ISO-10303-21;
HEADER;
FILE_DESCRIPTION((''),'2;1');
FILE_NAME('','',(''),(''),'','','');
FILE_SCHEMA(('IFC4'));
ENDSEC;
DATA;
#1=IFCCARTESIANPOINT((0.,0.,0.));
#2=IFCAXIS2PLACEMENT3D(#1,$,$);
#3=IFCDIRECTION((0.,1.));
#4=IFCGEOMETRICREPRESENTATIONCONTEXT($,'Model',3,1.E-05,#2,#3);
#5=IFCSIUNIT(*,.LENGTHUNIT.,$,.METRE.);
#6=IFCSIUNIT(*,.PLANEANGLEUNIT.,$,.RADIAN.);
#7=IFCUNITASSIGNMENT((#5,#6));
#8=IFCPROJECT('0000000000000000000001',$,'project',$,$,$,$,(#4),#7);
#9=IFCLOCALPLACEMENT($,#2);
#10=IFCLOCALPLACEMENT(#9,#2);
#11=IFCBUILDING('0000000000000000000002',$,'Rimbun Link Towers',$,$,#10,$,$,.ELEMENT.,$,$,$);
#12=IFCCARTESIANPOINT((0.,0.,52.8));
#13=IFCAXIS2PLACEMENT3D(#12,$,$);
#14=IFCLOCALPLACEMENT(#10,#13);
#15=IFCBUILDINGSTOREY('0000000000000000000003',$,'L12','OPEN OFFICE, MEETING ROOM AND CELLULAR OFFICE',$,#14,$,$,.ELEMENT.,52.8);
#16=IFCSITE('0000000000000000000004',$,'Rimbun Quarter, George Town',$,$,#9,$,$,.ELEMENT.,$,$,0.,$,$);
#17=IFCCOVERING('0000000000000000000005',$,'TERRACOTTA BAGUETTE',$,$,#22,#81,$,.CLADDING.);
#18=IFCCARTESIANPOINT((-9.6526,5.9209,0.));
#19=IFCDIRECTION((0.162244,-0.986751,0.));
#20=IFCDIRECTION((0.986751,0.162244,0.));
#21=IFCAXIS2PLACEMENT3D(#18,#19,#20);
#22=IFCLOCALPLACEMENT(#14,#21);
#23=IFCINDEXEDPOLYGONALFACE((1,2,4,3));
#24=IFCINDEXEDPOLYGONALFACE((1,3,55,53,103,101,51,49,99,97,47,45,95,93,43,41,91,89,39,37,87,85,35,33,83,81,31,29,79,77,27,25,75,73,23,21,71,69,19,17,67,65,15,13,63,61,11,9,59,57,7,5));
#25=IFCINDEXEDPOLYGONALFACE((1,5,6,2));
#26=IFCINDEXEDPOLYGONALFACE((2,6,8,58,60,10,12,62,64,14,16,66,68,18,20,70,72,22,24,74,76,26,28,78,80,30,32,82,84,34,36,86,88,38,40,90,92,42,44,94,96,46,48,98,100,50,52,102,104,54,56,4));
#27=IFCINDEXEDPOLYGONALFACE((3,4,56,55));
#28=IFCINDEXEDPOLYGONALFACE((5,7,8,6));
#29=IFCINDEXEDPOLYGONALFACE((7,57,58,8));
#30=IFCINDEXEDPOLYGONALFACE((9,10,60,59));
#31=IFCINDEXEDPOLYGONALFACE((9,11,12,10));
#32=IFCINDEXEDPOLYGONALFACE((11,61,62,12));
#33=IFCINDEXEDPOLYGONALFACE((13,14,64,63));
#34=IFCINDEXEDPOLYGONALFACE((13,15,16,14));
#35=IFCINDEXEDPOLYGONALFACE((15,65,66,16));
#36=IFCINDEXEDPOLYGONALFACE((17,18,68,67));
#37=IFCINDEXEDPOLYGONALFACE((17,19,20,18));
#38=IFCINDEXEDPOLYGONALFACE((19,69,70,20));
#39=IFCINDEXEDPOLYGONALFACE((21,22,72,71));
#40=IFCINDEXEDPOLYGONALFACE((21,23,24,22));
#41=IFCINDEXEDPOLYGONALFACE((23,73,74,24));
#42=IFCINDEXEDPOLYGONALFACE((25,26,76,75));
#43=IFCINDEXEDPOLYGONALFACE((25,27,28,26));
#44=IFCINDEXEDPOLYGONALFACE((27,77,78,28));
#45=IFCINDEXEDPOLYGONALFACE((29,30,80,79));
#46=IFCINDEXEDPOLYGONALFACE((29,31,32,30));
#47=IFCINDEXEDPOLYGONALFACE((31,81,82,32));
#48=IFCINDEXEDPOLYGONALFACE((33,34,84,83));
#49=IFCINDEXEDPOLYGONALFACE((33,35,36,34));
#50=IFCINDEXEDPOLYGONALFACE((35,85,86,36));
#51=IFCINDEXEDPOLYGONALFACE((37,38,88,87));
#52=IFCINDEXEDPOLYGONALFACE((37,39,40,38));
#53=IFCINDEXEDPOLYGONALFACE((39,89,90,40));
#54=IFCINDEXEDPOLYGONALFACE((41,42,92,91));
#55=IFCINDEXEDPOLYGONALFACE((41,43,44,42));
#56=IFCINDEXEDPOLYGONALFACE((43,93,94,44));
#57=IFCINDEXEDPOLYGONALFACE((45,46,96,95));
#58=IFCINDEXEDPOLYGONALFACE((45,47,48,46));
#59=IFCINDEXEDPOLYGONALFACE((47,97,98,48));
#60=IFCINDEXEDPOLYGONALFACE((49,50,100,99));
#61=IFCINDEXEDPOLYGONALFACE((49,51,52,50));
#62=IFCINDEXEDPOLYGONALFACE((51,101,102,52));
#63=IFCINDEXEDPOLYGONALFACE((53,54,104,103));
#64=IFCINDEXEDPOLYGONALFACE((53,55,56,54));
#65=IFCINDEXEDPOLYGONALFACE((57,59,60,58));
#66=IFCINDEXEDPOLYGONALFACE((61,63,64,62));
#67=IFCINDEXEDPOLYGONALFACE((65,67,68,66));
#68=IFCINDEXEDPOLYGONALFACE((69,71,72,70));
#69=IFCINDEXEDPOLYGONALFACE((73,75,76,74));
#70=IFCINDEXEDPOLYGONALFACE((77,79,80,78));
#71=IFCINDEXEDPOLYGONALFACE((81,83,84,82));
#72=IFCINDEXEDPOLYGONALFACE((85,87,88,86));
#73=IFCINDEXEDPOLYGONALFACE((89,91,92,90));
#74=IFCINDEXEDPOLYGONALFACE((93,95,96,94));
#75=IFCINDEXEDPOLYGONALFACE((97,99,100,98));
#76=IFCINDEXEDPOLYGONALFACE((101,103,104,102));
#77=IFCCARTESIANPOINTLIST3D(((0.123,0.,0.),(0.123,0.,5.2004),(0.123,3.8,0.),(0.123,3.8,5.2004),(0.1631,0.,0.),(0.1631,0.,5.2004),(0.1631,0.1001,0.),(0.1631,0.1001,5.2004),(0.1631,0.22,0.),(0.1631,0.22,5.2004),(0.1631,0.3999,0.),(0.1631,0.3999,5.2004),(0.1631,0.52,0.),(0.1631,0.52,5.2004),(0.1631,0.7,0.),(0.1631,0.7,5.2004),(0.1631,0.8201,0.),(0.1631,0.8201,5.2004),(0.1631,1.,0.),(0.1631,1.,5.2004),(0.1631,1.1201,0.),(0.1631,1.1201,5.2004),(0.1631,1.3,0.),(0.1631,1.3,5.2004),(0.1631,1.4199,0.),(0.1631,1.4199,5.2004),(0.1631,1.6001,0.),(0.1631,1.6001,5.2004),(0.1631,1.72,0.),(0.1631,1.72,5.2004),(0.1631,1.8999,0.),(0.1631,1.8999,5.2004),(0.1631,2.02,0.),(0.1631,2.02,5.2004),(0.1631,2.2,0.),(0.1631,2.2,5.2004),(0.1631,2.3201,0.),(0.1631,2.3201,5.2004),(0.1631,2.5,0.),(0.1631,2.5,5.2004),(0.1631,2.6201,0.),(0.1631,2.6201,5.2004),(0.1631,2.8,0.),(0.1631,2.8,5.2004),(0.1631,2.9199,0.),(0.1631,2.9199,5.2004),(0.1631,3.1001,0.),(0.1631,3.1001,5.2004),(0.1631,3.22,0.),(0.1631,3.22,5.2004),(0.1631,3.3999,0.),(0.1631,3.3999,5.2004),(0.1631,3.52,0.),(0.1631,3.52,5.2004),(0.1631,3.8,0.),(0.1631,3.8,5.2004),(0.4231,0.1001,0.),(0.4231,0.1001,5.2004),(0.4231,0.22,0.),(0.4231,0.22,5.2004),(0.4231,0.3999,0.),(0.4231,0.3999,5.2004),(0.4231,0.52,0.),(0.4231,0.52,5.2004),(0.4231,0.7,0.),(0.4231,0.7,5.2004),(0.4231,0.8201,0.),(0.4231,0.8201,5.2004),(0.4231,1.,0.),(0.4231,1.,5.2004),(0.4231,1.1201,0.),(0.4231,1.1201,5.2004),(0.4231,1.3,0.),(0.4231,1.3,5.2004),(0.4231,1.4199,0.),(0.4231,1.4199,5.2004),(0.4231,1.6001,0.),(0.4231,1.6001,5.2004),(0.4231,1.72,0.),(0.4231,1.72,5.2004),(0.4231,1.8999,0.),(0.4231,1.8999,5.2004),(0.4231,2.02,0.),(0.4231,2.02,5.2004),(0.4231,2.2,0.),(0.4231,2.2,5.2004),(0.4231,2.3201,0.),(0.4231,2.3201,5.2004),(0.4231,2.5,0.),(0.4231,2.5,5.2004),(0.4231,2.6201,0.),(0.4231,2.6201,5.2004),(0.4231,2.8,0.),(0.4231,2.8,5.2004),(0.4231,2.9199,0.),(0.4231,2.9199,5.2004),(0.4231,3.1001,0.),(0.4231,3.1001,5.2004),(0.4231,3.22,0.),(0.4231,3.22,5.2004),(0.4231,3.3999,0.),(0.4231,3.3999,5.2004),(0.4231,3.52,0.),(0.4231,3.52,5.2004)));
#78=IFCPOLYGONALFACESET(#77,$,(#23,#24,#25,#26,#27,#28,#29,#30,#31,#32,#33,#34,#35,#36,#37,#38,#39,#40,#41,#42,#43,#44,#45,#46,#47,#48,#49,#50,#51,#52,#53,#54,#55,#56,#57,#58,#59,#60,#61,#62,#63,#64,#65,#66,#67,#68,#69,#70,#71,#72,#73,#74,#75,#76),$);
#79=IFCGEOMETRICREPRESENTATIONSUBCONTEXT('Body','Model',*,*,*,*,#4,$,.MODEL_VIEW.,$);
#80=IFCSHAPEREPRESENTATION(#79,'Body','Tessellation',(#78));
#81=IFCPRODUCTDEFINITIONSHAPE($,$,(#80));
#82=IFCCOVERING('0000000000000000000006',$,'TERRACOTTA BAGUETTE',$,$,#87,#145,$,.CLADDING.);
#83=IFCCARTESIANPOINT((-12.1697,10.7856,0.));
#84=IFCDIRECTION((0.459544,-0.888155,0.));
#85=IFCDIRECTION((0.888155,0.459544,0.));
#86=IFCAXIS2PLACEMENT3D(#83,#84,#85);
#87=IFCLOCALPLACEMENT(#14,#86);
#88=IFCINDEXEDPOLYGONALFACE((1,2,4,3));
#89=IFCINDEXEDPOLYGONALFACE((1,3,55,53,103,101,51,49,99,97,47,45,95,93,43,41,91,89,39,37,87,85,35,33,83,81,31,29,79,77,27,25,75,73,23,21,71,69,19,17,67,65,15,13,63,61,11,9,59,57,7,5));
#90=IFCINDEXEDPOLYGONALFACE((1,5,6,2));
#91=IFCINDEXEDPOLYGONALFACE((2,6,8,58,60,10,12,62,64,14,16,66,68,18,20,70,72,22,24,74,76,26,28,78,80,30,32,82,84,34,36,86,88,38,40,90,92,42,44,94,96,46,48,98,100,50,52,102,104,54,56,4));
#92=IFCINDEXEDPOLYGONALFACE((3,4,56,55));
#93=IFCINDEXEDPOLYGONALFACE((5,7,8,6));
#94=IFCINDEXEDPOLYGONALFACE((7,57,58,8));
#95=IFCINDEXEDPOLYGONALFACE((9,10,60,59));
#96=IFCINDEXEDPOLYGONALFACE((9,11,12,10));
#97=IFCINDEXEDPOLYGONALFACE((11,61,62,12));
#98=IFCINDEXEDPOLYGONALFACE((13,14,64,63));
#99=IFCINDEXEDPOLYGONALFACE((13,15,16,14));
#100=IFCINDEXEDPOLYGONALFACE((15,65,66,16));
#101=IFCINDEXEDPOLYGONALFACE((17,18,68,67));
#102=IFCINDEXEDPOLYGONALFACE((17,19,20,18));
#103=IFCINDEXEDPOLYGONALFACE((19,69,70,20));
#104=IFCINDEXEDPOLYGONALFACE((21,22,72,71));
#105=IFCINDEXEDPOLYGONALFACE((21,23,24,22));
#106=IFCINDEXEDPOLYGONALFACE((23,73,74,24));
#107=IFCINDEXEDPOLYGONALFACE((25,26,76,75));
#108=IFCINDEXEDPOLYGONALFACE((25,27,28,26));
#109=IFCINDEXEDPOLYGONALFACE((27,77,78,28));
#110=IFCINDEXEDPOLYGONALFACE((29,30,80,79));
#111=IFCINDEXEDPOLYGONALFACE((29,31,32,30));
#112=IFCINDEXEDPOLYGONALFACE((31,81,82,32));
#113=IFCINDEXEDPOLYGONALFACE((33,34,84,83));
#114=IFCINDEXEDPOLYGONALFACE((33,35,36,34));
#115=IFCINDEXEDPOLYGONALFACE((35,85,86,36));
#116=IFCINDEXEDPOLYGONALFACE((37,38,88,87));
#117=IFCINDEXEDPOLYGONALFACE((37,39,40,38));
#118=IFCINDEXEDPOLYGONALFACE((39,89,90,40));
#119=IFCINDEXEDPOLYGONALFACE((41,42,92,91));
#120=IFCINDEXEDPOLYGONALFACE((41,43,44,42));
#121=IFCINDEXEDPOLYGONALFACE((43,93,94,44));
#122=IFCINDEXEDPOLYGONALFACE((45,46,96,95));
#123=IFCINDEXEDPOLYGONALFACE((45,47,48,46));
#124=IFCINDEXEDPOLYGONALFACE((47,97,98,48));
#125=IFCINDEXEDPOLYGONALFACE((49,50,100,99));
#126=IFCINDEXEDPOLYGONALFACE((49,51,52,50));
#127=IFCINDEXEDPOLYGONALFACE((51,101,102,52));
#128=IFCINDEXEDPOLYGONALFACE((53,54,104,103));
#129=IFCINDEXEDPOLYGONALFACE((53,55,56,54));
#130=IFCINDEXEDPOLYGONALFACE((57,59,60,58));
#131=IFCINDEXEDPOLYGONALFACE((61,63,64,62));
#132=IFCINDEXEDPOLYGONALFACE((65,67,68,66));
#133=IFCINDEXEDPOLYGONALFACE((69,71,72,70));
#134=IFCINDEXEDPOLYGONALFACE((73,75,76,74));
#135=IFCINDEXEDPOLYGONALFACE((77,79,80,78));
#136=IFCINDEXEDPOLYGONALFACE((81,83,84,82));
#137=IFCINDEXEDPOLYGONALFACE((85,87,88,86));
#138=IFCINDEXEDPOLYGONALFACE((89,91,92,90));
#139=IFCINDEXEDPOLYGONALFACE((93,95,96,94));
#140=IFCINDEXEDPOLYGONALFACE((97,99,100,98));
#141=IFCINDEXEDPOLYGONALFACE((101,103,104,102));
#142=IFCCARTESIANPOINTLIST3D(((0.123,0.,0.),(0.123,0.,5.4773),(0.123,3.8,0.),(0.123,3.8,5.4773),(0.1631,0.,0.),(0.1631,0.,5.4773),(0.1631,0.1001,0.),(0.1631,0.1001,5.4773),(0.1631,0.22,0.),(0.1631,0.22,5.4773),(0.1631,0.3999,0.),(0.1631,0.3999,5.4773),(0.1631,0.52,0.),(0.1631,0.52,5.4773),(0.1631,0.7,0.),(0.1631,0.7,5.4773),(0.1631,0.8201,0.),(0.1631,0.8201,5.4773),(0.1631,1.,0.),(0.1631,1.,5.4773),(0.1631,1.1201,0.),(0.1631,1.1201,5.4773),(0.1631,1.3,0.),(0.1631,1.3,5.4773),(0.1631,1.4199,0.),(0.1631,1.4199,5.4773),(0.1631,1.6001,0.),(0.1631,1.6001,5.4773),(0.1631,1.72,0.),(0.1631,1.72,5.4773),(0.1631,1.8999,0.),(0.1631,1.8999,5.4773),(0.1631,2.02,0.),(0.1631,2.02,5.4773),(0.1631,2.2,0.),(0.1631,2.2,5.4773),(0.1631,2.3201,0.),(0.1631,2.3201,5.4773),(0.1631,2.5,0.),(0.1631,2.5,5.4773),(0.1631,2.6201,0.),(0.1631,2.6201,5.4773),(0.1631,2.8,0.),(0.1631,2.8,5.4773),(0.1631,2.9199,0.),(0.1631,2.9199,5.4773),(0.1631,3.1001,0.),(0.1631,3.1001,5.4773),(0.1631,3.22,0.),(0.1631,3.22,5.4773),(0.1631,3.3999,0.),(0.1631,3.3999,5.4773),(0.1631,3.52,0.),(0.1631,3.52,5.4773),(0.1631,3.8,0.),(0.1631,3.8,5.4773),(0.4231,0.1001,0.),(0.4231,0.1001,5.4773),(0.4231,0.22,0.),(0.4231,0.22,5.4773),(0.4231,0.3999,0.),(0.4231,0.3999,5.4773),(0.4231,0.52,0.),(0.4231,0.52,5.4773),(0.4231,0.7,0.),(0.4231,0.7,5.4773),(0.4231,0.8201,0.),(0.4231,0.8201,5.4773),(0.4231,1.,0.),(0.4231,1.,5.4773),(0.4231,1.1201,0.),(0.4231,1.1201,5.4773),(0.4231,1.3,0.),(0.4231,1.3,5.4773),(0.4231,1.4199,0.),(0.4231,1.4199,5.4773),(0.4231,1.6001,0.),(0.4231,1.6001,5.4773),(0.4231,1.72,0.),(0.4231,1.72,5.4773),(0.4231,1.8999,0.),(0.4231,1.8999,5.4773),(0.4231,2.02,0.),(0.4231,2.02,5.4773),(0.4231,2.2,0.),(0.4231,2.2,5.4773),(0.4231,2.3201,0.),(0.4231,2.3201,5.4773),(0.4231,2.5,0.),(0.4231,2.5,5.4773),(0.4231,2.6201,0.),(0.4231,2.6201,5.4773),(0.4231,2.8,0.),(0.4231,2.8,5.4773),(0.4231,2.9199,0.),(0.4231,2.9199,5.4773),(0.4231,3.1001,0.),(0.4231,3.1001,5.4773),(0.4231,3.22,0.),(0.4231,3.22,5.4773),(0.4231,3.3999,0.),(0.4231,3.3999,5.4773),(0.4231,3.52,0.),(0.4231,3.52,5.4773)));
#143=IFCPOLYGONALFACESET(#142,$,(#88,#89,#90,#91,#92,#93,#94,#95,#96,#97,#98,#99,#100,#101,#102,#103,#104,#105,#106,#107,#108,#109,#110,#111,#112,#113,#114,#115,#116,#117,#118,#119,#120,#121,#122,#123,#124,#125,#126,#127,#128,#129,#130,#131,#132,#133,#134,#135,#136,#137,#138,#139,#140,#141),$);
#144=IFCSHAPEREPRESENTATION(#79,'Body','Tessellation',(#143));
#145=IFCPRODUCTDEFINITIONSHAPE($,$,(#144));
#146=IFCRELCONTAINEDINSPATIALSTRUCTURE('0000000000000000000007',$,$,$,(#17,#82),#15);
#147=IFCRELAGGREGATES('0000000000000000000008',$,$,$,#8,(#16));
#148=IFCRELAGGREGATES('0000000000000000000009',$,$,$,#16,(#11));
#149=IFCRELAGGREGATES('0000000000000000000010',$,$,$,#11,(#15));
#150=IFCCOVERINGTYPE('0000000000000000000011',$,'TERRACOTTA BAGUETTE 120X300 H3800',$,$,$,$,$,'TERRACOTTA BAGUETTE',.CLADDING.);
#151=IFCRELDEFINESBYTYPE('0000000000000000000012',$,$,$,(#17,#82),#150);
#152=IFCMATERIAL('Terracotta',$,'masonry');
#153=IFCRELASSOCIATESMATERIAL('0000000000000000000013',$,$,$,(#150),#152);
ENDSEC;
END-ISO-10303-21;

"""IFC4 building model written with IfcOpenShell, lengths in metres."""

from ifc_helpers import new_model, si_unit, direction, frame, origin, place, context, subcontext, project, spatial, polyline, outline, extrude, material, material_profile, profile_set, type_object, element, save


model = new_model("IFC4")

# Units and contexts
model_context = context("Model", 3, precision=1e-05, world=origin(), true_north=direction((0.0, 1.0)))
body_context = subcontext(model_context, "Body", "Model", "MODEL_VIEW")
ifc_project = project(units=[si_unit("LENGTHUNIT", "METRE"), si_unit("PLANEANGLEUNIT", "RADIAN")], contexts=[model_context])

# Site, building, storey
site_placement = place(None, origin())
site = spatial("IfcSite", under=ifc_project, at=site_placement, Name="Rimbun Quarter, George Town", CompositionType="ELEMENT", RefElevation=0.0)
building_placement = place(site_placement, origin())
building = spatial("IfcBuilding", under=site, at=building_placement, Name="Rimbun Link Towers", CompositionType="ELEMENT")
storey_placement = place(building_placement, frame((0.0, 0.0, 52.8)))
storey = spatial("IfcBuildingStorey", under=building, at=storey_placement, Name="L12", Description="OPEN OFFICE, MEETING ROOM AND CELLULAR OFFICE", CompositionType="ELEMENT", Elevation=52.8)

# Coverings
ifc_material_1 = material(Name="Terracotta", Category="masonry")
ifc_material_profile_1 = material_profile(ifc_material_1, outline(polyline([(0.123, 0.0), (0.1631, 0.0), (0.1631, 0.1001), (0.4231, 0.1001), (0.4231, 0.22), (0.1631, 0.22), (0.1631, 0.3999), (0.4231, 0.3999), (0.4231, 0.52), (0.1631, 0.52), (0.1631, 0.7), (0.4231, 0.7), (0.4231, 0.8201), (0.1631, 0.8201), (0.1631, 1.0), (0.4231, 1.0), (0.4231, 1.1201), (0.1631, 1.1201), (0.1631, 1.3), (0.4231, 1.3), (0.4231, 1.4199), (0.1631, 1.4199), (0.1631, 1.6001), (0.4231, 1.6001), (0.4231, 1.72), (0.1631, 1.72), (0.1631, 1.8999), (0.4231, 1.8999), (0.4231, 2.02), (0.1631, 2.02), (0.1631, 2.2), (0.4231, 2.2), (0.4231, 2.3201), (0.1631, 2.3201), (0.1631, 2.5), (0.4231, 2.5), (0.4231, 2.6201), (0.1631, 2.6201), (0.1631, 2.8), (0.4231, 2.8), (0.4231, 2.9199), (0.1631, 2.9199), (0.1631, 3.1001), (0.4231, 3.1001), (0.4231, 3.22), (0.1631, 3.22), (0.1631, 3.3999), (0.4231, 3.3999), (0.4231, 3.52), (0.1631, 3.52), (0.1631, 3.8), (0.123, 3.8), (0.123, 0.0)])), Name="BAGUETTE 120X300")
ifc_profile_set_1 = profile_set([ifc_material_profile_1], Name="Terracotta")
covering_type = type_object("IfcCoveringType", Name="TERRACOTTA BAGUETTE 120X300 H3800", ElementType="TERRACOTTA BAGUETTE", PredefinedType="CLADDING", material=ifc_profile_set_1)
covering_1_placement = place(storey_placement, frame((-9.6526, 5.9209, 0.0), z_axis=(0.162244, -0.986751, 0.0), x_axis=(0.986751, 0.162244, 0.0)))
element("IfcCovering", 1, at=covering_1_placement, inside=storey, type_object=covering_type, Name="TERRACOTTA BAGUETTE", PredefinedType="CLADDING", context=body_context, shape_type="SweptSolid", body=[
    extrude(outline(polyline([(0.123, 0.0), (0.1631, 0.0), (0.1631, 0.1001), (0.4231, 0.1001), (0.4231, 0.22), (0.1631, 0.22), (0.1631, 0.3999), (0.4231, 0.3999), (0.4231, 0.52), (0.1631, 0.52), (0.1631, 0.7), (0.4231, 0.7), (0.4231, 0.8201), (0.1631, 0.8201), (0.1631, 1.0), (0.4231, 1.0), (0.4231, 1.1201), (0.1631, 1.1201), (0.1631, 1.3), (0.4231, 1.3), (0.4231, 1.4199), (0.1631, 1.4199), (0.1631, 1.6001), (0.4231, 1.6001), (0.4231, 1.72), (0.1631, 1.72), (0.1631, 1.8999), (0.4231, 1.8999), (0.4231, 2.02), (0.1631, 2.02), (0.1631, 2.2), (0.4231, 2.2), (0.4231, 2.3201), (0.1631, 2.3201), (0.1631, 2.5), (0.4231, 2.5), (0.4231, 2.6201), (0.1631, 2.6201), (0.1631, 2.8), (0.4231, 2.8), (0.4231, 2.9199), (0.1631, 2.9199), (0.1631, 3.1001), (0.4231, 3.1001), (0.4231, 3.22), (0.1631, 3.22), (0.1631, 3.3999), (0.4231, 3.3999), (0.4231, 3.52), (0.1631, 3.52), (0.1631, 3.8), (0.123, 3.8), (0.123, 0.0)])), origin(), (0.0, 0.0, 1.0), 5.2004),
])
covering_2_placement = place(storey_placement, frame((-12.1697, 10.7856, 0.0), z_axis=(0.459544, -0.888155, 0.0), x_axis=(0.888155, 0.459544, 0.0)))
element("IfcCovering", 2, at=covering_2_placement, inside=storey, type_object=covering_type, Name="TERRACOTTA BAGUETTE", PredefinedType="CLADDING", context=body_context, shape_type="SweptSolid", body=[
    extrude(outline(polyline([(0.123, 0.0), (0.1631, 0.0), (0.1631, 0.1001), (0.4231, 0.1001), (0.4231, 0.22), (0.1631, 0.22), (0.1631, 0.3999), (0.4231, 0.3999), (0.4231, 0.52), (0.1631, 0.52), (0.1631, 0.7), (0.4231, 0.7), (0.4231, 0.8201), (0.1631, 0.8201), (0.1631, 1.0), (0.4231, 1.0), (0.4231, 1.1201), (0.1631, 1.1201), (0.1631, 1.3), (0.4231, 1.3), (0.4231, 1.4199), (0.1631, 1.4199), (0.1631, 1.6001), (0.4231, 1.6001), (0.4231, 1.72), (0.1631, 1.72), (0.1631, 1.8999), (0.4231, 1.8999), (0.4231, 2.02), (0.1631, 2.02), (0.1631, 2.2), (0.4231, 2.2), (0.4231, 2.3201), (0.1631, 2.3201), (0.1631, 2.5), (0.4231, 2.5), (0.4231, 2.6201), (0.1631, 2.6201), (0.1631, 2.8), (0.4231, 2.8), (0.4231, 2.9199), (0.1631, 2.9199), (0.1631, 3.1001), (0.4231, 3.1001), (0.4231, 3.22), (0.1631, 3.22), (0.1631, 3.3999), (0.4231, 3.3999), (0.4231, 3.52), (0.1631, 3.52), (0.1631, 3.8), (0.123, 3.8), (0.123, 0.0)])), origin(), (0.0, 0.0, 1.0), 5.4773),
])

save(model, "model.ifc")
